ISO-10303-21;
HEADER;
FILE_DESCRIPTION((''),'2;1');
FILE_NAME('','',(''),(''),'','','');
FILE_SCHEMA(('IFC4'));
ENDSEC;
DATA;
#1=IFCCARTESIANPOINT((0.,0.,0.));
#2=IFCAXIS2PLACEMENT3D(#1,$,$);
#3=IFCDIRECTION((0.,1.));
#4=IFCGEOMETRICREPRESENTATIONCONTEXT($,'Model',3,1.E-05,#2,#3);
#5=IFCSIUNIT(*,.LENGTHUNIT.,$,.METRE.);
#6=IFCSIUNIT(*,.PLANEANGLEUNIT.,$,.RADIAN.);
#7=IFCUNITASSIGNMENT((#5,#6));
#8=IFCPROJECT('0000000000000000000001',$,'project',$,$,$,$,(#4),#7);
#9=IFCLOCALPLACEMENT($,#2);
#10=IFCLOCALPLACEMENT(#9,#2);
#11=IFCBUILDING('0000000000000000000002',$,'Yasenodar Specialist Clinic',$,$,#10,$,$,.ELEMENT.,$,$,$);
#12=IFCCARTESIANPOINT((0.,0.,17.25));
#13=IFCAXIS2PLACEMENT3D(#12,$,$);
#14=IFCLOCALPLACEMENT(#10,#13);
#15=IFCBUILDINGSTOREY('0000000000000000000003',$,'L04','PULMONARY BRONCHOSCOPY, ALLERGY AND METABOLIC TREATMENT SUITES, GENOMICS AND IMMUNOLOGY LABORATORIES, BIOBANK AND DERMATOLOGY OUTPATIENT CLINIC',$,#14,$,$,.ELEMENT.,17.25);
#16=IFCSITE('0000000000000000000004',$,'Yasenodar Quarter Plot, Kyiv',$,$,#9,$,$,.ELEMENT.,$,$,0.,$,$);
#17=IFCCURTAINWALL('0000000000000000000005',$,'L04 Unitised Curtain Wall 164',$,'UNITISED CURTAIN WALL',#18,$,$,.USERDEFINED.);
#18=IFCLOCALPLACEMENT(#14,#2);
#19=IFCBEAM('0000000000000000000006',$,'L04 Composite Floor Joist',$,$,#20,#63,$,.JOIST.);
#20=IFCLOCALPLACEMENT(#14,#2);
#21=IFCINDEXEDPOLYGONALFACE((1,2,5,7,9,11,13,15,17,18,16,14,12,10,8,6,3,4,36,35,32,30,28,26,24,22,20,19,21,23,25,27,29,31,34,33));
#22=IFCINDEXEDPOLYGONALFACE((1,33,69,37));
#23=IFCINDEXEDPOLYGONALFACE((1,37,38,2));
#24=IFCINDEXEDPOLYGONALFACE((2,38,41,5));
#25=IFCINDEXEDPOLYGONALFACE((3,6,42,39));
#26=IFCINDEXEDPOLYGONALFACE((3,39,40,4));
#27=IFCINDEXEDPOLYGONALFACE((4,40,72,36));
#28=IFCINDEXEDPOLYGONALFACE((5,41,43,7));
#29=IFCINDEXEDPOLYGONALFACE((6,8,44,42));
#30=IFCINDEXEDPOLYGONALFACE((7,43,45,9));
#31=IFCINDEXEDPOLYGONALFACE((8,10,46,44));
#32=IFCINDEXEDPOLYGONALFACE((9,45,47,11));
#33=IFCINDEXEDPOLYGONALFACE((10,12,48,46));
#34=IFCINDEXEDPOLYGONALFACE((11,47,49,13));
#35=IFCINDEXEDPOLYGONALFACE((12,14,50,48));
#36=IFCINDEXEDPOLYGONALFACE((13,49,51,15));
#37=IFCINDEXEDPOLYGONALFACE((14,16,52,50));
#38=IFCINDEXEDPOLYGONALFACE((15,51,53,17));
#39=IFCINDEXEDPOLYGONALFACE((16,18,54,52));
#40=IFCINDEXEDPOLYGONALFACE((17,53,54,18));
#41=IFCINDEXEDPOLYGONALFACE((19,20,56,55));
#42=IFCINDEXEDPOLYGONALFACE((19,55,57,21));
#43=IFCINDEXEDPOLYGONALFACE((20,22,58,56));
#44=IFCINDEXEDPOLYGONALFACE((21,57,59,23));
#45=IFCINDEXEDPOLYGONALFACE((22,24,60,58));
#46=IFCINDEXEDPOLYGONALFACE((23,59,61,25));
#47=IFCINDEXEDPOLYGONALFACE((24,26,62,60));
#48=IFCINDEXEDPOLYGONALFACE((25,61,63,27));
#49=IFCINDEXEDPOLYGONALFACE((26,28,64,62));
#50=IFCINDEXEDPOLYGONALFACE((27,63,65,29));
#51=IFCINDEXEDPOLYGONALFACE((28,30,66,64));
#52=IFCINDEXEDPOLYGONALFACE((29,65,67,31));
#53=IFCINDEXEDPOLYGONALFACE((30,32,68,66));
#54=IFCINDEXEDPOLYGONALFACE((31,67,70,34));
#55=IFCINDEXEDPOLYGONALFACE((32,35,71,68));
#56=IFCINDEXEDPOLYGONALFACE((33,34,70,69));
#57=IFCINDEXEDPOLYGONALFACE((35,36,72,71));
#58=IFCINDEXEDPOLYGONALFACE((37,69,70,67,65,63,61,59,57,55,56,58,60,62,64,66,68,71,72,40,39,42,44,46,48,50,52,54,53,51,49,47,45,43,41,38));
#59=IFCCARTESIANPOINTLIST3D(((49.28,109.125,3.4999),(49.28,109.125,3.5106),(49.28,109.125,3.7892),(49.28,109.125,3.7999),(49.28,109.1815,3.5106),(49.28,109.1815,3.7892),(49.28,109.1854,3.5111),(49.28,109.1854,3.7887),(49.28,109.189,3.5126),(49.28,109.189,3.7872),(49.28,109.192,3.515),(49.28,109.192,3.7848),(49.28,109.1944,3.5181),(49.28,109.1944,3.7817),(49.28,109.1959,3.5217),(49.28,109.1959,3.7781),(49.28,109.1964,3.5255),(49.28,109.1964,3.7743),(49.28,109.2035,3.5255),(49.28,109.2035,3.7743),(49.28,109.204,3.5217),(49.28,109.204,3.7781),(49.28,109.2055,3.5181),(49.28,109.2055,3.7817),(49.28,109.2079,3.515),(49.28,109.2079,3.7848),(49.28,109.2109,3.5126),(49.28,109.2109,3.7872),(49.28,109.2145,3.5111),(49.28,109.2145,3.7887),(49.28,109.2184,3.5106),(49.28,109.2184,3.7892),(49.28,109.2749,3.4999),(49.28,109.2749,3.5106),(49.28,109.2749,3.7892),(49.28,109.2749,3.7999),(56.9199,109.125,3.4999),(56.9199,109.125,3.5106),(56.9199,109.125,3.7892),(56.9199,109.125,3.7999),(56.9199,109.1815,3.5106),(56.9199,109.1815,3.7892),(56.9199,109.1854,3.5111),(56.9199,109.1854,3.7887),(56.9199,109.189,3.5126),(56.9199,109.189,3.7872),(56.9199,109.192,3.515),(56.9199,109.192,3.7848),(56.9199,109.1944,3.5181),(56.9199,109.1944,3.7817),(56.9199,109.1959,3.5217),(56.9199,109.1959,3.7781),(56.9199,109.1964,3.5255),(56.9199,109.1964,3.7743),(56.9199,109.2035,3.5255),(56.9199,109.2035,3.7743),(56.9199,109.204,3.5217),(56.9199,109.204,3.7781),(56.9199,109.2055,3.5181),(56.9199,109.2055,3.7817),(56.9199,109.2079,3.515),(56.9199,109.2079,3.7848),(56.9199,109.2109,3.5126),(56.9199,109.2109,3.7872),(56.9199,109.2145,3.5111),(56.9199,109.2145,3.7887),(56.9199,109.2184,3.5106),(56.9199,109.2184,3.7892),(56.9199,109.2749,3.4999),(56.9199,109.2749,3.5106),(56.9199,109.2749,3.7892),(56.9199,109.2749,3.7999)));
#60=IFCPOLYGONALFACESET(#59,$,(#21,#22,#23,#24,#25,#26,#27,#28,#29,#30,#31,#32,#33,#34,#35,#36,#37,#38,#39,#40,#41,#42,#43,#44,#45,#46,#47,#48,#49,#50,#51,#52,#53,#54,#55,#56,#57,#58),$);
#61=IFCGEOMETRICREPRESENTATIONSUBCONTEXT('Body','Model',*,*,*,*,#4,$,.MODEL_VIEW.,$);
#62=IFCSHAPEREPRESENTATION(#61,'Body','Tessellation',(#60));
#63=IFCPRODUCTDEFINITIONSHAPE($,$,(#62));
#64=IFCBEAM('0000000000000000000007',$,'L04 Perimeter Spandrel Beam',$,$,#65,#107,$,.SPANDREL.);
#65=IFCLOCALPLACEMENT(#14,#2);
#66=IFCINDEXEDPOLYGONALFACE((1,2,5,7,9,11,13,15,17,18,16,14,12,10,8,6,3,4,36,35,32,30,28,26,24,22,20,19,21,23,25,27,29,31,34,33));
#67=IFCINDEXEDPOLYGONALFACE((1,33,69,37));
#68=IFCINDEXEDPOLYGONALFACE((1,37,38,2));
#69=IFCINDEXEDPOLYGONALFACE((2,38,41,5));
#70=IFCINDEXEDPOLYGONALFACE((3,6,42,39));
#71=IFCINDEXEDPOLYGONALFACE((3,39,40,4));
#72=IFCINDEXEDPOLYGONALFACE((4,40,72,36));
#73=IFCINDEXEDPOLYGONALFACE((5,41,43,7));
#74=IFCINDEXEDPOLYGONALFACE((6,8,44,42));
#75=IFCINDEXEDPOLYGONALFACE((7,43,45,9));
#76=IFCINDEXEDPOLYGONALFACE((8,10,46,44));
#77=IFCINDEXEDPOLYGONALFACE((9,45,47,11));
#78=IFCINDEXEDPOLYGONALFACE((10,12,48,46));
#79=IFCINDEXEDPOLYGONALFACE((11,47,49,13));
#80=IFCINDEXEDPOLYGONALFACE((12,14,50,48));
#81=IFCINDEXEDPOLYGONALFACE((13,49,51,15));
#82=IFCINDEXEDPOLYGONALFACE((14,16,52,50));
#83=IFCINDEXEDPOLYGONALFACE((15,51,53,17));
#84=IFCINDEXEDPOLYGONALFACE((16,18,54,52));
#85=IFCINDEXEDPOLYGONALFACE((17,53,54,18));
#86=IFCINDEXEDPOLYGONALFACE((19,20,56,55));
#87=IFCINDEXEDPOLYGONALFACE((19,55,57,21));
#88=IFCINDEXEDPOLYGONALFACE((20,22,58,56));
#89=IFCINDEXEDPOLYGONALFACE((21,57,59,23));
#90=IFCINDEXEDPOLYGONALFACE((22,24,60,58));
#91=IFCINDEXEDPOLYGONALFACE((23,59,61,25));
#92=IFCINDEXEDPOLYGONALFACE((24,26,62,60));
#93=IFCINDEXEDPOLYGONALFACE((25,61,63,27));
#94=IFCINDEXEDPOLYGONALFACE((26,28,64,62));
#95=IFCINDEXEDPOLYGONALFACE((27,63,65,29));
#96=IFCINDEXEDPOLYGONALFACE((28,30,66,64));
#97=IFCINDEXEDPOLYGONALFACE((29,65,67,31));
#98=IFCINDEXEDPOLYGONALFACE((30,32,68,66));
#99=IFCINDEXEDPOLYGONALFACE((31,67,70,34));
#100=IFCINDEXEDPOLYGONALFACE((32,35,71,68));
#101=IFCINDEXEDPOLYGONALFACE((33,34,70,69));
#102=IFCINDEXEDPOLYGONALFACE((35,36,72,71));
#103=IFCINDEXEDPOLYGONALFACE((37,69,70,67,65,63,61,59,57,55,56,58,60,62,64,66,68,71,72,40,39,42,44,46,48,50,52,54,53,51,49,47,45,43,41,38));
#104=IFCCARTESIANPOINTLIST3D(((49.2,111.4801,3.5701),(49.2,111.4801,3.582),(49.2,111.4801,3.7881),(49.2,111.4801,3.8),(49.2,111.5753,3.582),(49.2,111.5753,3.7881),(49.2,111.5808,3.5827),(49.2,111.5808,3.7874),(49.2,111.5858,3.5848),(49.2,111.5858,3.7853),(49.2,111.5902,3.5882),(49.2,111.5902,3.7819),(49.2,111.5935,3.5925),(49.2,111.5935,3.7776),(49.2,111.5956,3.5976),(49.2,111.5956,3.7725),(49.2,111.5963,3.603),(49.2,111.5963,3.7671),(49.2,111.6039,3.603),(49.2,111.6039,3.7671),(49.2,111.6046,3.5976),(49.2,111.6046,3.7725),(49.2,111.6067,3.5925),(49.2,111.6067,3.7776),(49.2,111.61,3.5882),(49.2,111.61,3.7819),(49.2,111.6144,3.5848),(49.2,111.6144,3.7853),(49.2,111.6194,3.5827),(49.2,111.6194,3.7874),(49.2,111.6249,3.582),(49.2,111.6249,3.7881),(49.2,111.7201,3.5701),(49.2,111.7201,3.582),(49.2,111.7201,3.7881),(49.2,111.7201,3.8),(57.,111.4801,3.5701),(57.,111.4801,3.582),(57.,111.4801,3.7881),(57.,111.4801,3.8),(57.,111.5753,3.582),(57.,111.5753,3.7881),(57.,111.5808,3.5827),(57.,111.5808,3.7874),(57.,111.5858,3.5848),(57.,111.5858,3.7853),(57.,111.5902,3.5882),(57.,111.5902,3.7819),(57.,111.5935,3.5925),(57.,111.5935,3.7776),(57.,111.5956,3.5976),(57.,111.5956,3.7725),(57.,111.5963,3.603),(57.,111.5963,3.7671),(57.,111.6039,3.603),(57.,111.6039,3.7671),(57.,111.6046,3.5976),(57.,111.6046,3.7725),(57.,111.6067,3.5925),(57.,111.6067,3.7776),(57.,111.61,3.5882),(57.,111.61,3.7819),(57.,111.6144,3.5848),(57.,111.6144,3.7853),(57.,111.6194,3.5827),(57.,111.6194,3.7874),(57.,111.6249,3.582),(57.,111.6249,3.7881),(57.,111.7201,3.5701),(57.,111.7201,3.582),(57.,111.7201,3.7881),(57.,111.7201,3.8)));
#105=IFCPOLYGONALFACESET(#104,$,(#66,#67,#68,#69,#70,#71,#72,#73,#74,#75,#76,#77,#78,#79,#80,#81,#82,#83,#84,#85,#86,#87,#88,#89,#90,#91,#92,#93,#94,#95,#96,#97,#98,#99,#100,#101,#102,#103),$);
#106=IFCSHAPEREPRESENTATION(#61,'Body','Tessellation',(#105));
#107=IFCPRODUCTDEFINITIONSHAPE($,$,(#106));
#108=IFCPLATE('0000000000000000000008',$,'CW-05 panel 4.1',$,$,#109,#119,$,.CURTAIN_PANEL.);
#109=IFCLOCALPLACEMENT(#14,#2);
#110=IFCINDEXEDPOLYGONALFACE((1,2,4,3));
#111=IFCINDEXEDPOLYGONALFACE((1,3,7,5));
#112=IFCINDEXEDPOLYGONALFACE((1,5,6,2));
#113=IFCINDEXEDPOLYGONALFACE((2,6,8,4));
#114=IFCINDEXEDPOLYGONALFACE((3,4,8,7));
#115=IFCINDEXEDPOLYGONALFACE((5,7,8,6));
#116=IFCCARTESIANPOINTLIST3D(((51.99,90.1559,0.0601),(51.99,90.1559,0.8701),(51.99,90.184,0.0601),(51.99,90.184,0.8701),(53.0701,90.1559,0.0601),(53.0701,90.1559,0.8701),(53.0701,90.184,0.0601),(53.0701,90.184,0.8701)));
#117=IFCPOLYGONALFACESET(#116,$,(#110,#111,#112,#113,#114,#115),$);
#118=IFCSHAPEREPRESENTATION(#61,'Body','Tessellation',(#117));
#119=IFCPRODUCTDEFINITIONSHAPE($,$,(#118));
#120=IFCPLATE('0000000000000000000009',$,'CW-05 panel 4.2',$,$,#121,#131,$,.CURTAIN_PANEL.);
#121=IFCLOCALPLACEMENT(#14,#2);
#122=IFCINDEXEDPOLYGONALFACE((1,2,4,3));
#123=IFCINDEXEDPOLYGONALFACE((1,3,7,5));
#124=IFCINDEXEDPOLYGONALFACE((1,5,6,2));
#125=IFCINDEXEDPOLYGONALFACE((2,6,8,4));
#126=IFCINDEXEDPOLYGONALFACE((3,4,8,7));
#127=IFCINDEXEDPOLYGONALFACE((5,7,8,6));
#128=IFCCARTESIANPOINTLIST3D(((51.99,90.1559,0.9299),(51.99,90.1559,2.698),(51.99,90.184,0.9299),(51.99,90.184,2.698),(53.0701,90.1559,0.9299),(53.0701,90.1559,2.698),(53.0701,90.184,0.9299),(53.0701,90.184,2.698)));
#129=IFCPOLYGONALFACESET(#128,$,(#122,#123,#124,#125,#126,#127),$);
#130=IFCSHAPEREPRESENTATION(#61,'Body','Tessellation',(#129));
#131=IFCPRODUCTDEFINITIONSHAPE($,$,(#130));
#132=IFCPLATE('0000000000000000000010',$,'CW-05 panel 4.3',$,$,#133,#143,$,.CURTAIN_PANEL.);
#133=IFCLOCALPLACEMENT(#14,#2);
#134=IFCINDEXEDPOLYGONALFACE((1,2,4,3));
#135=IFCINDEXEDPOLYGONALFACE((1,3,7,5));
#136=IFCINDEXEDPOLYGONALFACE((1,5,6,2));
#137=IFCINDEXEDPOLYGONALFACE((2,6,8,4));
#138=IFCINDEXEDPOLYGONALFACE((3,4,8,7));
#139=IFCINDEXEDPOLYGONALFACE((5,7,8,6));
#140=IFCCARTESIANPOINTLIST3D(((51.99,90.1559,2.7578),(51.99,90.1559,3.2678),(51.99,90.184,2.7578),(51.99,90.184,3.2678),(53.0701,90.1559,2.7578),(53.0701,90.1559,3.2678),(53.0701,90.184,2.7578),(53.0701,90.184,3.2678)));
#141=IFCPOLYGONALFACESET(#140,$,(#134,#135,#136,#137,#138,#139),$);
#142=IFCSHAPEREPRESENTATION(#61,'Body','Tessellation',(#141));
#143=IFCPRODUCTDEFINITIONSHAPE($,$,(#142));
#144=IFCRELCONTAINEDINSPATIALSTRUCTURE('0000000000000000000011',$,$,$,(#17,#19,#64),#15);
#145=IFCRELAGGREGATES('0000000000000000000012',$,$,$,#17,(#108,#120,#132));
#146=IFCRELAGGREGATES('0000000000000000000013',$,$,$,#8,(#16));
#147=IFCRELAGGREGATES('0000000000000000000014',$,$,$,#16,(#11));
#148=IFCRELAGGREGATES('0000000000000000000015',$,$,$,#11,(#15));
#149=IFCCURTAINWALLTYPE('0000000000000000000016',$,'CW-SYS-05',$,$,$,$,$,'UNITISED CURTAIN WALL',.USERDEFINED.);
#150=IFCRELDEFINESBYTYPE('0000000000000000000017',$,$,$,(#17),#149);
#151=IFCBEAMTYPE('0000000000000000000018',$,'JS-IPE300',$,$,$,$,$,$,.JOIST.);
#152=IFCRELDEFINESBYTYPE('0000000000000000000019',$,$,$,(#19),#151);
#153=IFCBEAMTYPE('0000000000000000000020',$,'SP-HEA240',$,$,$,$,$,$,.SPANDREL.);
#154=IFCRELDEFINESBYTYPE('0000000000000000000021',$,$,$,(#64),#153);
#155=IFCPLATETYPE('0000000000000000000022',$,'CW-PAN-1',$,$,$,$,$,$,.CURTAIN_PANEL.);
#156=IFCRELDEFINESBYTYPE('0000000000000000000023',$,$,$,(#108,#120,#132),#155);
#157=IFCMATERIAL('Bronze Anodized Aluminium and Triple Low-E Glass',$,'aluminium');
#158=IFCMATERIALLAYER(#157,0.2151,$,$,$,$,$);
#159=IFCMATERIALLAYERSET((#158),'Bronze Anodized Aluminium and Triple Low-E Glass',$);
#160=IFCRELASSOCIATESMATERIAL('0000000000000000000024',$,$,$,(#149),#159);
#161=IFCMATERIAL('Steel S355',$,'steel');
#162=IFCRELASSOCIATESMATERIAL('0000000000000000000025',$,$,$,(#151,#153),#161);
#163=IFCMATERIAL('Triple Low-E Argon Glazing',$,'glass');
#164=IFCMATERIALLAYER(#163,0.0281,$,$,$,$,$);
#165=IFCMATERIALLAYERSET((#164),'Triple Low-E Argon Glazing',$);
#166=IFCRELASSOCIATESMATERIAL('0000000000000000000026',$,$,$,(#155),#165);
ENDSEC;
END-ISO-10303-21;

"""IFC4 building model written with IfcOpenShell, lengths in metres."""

from ifc_helpers import new_model, si_unit, direction, frame, origin, origin_2d, place, context, subcontext, project, spatial, rectangle, i_section, extrude, material, layer, layer_set, material_profile, profile_set, type_object, element, aggregate, save


model = new_model("IFC4")

# Units and contexts
model_context = context("Model", 3, precision=1e-05, world=origin(), true_north=direction((0.0, 1.0)))
body_context = subcontext(model_context, "Body", "Model", "MODEL_VIEW")
ifc_project = project(units=[si_unit("LENGTHUNIT", "METRE"), si_unit("PLANEANGLEUNIT", "RADIAN")], contexts=[model_context])

# Site, building, storey
site_placement = place(None, origin())
site = spatial("IfcSite", under=ifc_project, at=site_placement, Name="Yasenodar Quarter Plot, Kyiv", CompositionType="ELEMENT", RefElevation=0.0)
building_placement = place(site_placement, origin())
building = spatial("IfcBuilding", under=site, at=building_placement, Name="Yasenodar Specialist Clinic", CompositionType="ELEMENT")
storey_placement = place(building_placement, frame((0.0, 0.0, 17.25)))
storey = spatial("IfcBuildingStorey", under=building, at=storey_placement, Name="L04", Description="PULMONARY BRONCHOSCOPY, ALLERGY AND METABOLIC TREATMENT SUITES, GENOMICS AND IMMUNOLOGY LABORATORIES, BIOBANK AND DERMATOLOGY OUTPATIENT CLINIC", CompositionType="ELEMENT", Elevation=17.25)

# Shared definitions
ifc_material_1 = material(Name="Steel S355", Category="steel")

# Curtain wall
ifc_material_2 = material(Name="Bronze Anodized Aluminium and Triple Low-E Glass", Category="aluminium")
ifc_layer_1 = layer(ifc_material_2, 0.2151)
ifc_layer_set_1 = layer_set([ifc_layer_1], Name="Bronze Anodized Aluminium and Triple Low-E Glass")
curtain_wall_type = type_object("IfcCurtainWallType", Name="CW-SYS-05", ElementType="UNITISED CURTAIN WALL", PredefinedType="USERDEFINED", material=ifc_layer_set_1)
curtain_wall_placement = place(storey_placement, origin())
curtain_wall = element("IfcCurtainWall", 1, at=curtain_wall_placement, inside=storey, type_object=curtain_wall_type, Name="L04 Unitised Curtain Wall 164", ObjectType="UNITISED CURTAIN WALL", PredefinedType="USERDEFINED")

# Beams
ifc_material_profile_1 = material_profile(ifc_material_1, i_section(OverallWidth=0.1499, OverallDepth=0.3, WebThickness=0.0071, FlangeThickness=0.0107, FilletRadius=0.0149, at=origin_2d()), Name="IPE 300")
ifc_profile_set_1 = profile_set([ifc_material_profile_1], Name="Steel S355")
beam_type_1 = type_object("IfcBeamType", Name="JS-IPE300", PredefinedType="JOIST", material=ifc_profile_set_1)
beam_1_placement = place(storey_placement, frame((49.28, 109.2, 3.6499), z_axis=(1.0, 0.0, 0.0), x_axis=(0.0, 1.0, 0.0)))
element("IfcBeam", 2, at=beam_1_placement, inside=storey, type_object=beam_type_1, Name="L04 Composite Floor Joist", PredefinedType="JOIST", context=body_context, shape_type="SweptSolid", body=[
    extrude(i_section(OverallWidth=0.1499, OverallDepth=0.3, WebThickness=0.0071, FlangeThickness=0.0107, FilletRadius=0.0149, at=origin_2d()), origin(), (0.0, 0.0, 1.0), 7.6399),
])
ifc_material_profile_2 = material_profile(ifc_material_1, i_section(OverallWidth=0.24, OverallDepth=0.23, WebThickness=0.0076, FlangeThickness=0.012, FilletRadius=0.021, at=origin_2d()), Name="HEA 240")
ifc_profile_set_2 = profile_set([ifc_material_profile_2], Name="Steel S355")
beam_type_2 = type_object("IfcBeamType", Name="SP-HEA240", PredefinedType="SPANDREL", material=ifc_profile_set_2)
beam_2_placement = place(storey_placement, frame((49.2, 111.6001, 3.6851), z_axis=(1.0, 0.0, 0.0), x_axis=(0.0, 1.0, 0.0)))
element("IfcBeam", 3, at=beam_2_placement, inside=storey, type_object=beam_type_2, Name="L04 Perimeter Spandrel Beam", PredefinedType="SPANDREL", context=body_context, shape_type="SweptSolid", body=[
    extrude(i_section(OverallWidth=0.24, OverallDepth=0.23, WebThickness=0.0076, FlangeThickness=0.012, FilletRadius=0.021, at=origin_2d()), origin(), (0.0, 0.0, 1.0), 7.8),
])

# Plates
ifc_material_3 = material(Name="Triple Low-E Argon Glazing", Category="glass")
ifc_layer_2 = layer(ifc_material_3, 0.0281)
ifc_layer_set_2 = layer_set([ifc_layer_2], Name="Triple Low-E Argon Glazing")
plate_type = type_object("IfcPlateType", Name="CW-PAN-1", PredefinedType="CURTAIN_PANEL", material=ifc_layer_set_2)
plate_1_placement = place(storey_placement, frame((52.53, 90.1699, 0.0601), z_axis=(0.0, 0.0, 1.0), x_axis=(-1.0, 0.0, 0.0)))
plate_1 = element("IfcPlate", 4, at=plate_1_placement, type_object=plate_type, Name="CW-05 panel 4.1", PredefinedType="CURTAIN_PANEL", context=body_context, shape_type="SweptSolid", body=[
    extrude(rectangle(XDim=1.0801, YDim=0.0281, at=origin_2d()), origin(), (0.0, 0.0, 1.0), 0.8101),
])
plate_2_placement = place(storey_placement, frame((52.53, 90.1699, 0.9299), z_axis=(0.0, 0.0, 1.0), x_axis=(-1.0, 0.0, 0.0)))
plate_2 = element("IfcPlate", 5, at=plate_2_placement, type_object=plate_type, Name="CW-05 panel 4.2", PredefinedType="CURTAIN_PANEL", context=body_context, shape_type="SweptSolid", body=[
    extrude(rectangle(XDim=1.0801, YDim=0.0281, at=origin_2d()), origin(), (0.0, 0.0, 1.0), 1.7681),
])
plate_3_placement = place(storey_placement, frame((52.53, 90.1699, 2.7578), z_axis=(0.0, 0.0, 1.0), x_axis=(-1.0, 0.0, 0.0)))
plate_3 = element("IfcPlate", 6, at=plate_3_placement, type_object=plate_type, Name="CW-05 panel 4.3", PredefinedType="CURTAIN_PANEL", context=body_context, shape_type="SweptSolid", body=[
    extrude(rectangle(XDim=1.0801, YDim=0.0281, at=origin_2d()), origin(), (0.0, 0.0, 1.0), 0.51),
])
aggregate(curtain_wall, [plate_1, plate_2, plate_3])

save(model, "model.ifc")
